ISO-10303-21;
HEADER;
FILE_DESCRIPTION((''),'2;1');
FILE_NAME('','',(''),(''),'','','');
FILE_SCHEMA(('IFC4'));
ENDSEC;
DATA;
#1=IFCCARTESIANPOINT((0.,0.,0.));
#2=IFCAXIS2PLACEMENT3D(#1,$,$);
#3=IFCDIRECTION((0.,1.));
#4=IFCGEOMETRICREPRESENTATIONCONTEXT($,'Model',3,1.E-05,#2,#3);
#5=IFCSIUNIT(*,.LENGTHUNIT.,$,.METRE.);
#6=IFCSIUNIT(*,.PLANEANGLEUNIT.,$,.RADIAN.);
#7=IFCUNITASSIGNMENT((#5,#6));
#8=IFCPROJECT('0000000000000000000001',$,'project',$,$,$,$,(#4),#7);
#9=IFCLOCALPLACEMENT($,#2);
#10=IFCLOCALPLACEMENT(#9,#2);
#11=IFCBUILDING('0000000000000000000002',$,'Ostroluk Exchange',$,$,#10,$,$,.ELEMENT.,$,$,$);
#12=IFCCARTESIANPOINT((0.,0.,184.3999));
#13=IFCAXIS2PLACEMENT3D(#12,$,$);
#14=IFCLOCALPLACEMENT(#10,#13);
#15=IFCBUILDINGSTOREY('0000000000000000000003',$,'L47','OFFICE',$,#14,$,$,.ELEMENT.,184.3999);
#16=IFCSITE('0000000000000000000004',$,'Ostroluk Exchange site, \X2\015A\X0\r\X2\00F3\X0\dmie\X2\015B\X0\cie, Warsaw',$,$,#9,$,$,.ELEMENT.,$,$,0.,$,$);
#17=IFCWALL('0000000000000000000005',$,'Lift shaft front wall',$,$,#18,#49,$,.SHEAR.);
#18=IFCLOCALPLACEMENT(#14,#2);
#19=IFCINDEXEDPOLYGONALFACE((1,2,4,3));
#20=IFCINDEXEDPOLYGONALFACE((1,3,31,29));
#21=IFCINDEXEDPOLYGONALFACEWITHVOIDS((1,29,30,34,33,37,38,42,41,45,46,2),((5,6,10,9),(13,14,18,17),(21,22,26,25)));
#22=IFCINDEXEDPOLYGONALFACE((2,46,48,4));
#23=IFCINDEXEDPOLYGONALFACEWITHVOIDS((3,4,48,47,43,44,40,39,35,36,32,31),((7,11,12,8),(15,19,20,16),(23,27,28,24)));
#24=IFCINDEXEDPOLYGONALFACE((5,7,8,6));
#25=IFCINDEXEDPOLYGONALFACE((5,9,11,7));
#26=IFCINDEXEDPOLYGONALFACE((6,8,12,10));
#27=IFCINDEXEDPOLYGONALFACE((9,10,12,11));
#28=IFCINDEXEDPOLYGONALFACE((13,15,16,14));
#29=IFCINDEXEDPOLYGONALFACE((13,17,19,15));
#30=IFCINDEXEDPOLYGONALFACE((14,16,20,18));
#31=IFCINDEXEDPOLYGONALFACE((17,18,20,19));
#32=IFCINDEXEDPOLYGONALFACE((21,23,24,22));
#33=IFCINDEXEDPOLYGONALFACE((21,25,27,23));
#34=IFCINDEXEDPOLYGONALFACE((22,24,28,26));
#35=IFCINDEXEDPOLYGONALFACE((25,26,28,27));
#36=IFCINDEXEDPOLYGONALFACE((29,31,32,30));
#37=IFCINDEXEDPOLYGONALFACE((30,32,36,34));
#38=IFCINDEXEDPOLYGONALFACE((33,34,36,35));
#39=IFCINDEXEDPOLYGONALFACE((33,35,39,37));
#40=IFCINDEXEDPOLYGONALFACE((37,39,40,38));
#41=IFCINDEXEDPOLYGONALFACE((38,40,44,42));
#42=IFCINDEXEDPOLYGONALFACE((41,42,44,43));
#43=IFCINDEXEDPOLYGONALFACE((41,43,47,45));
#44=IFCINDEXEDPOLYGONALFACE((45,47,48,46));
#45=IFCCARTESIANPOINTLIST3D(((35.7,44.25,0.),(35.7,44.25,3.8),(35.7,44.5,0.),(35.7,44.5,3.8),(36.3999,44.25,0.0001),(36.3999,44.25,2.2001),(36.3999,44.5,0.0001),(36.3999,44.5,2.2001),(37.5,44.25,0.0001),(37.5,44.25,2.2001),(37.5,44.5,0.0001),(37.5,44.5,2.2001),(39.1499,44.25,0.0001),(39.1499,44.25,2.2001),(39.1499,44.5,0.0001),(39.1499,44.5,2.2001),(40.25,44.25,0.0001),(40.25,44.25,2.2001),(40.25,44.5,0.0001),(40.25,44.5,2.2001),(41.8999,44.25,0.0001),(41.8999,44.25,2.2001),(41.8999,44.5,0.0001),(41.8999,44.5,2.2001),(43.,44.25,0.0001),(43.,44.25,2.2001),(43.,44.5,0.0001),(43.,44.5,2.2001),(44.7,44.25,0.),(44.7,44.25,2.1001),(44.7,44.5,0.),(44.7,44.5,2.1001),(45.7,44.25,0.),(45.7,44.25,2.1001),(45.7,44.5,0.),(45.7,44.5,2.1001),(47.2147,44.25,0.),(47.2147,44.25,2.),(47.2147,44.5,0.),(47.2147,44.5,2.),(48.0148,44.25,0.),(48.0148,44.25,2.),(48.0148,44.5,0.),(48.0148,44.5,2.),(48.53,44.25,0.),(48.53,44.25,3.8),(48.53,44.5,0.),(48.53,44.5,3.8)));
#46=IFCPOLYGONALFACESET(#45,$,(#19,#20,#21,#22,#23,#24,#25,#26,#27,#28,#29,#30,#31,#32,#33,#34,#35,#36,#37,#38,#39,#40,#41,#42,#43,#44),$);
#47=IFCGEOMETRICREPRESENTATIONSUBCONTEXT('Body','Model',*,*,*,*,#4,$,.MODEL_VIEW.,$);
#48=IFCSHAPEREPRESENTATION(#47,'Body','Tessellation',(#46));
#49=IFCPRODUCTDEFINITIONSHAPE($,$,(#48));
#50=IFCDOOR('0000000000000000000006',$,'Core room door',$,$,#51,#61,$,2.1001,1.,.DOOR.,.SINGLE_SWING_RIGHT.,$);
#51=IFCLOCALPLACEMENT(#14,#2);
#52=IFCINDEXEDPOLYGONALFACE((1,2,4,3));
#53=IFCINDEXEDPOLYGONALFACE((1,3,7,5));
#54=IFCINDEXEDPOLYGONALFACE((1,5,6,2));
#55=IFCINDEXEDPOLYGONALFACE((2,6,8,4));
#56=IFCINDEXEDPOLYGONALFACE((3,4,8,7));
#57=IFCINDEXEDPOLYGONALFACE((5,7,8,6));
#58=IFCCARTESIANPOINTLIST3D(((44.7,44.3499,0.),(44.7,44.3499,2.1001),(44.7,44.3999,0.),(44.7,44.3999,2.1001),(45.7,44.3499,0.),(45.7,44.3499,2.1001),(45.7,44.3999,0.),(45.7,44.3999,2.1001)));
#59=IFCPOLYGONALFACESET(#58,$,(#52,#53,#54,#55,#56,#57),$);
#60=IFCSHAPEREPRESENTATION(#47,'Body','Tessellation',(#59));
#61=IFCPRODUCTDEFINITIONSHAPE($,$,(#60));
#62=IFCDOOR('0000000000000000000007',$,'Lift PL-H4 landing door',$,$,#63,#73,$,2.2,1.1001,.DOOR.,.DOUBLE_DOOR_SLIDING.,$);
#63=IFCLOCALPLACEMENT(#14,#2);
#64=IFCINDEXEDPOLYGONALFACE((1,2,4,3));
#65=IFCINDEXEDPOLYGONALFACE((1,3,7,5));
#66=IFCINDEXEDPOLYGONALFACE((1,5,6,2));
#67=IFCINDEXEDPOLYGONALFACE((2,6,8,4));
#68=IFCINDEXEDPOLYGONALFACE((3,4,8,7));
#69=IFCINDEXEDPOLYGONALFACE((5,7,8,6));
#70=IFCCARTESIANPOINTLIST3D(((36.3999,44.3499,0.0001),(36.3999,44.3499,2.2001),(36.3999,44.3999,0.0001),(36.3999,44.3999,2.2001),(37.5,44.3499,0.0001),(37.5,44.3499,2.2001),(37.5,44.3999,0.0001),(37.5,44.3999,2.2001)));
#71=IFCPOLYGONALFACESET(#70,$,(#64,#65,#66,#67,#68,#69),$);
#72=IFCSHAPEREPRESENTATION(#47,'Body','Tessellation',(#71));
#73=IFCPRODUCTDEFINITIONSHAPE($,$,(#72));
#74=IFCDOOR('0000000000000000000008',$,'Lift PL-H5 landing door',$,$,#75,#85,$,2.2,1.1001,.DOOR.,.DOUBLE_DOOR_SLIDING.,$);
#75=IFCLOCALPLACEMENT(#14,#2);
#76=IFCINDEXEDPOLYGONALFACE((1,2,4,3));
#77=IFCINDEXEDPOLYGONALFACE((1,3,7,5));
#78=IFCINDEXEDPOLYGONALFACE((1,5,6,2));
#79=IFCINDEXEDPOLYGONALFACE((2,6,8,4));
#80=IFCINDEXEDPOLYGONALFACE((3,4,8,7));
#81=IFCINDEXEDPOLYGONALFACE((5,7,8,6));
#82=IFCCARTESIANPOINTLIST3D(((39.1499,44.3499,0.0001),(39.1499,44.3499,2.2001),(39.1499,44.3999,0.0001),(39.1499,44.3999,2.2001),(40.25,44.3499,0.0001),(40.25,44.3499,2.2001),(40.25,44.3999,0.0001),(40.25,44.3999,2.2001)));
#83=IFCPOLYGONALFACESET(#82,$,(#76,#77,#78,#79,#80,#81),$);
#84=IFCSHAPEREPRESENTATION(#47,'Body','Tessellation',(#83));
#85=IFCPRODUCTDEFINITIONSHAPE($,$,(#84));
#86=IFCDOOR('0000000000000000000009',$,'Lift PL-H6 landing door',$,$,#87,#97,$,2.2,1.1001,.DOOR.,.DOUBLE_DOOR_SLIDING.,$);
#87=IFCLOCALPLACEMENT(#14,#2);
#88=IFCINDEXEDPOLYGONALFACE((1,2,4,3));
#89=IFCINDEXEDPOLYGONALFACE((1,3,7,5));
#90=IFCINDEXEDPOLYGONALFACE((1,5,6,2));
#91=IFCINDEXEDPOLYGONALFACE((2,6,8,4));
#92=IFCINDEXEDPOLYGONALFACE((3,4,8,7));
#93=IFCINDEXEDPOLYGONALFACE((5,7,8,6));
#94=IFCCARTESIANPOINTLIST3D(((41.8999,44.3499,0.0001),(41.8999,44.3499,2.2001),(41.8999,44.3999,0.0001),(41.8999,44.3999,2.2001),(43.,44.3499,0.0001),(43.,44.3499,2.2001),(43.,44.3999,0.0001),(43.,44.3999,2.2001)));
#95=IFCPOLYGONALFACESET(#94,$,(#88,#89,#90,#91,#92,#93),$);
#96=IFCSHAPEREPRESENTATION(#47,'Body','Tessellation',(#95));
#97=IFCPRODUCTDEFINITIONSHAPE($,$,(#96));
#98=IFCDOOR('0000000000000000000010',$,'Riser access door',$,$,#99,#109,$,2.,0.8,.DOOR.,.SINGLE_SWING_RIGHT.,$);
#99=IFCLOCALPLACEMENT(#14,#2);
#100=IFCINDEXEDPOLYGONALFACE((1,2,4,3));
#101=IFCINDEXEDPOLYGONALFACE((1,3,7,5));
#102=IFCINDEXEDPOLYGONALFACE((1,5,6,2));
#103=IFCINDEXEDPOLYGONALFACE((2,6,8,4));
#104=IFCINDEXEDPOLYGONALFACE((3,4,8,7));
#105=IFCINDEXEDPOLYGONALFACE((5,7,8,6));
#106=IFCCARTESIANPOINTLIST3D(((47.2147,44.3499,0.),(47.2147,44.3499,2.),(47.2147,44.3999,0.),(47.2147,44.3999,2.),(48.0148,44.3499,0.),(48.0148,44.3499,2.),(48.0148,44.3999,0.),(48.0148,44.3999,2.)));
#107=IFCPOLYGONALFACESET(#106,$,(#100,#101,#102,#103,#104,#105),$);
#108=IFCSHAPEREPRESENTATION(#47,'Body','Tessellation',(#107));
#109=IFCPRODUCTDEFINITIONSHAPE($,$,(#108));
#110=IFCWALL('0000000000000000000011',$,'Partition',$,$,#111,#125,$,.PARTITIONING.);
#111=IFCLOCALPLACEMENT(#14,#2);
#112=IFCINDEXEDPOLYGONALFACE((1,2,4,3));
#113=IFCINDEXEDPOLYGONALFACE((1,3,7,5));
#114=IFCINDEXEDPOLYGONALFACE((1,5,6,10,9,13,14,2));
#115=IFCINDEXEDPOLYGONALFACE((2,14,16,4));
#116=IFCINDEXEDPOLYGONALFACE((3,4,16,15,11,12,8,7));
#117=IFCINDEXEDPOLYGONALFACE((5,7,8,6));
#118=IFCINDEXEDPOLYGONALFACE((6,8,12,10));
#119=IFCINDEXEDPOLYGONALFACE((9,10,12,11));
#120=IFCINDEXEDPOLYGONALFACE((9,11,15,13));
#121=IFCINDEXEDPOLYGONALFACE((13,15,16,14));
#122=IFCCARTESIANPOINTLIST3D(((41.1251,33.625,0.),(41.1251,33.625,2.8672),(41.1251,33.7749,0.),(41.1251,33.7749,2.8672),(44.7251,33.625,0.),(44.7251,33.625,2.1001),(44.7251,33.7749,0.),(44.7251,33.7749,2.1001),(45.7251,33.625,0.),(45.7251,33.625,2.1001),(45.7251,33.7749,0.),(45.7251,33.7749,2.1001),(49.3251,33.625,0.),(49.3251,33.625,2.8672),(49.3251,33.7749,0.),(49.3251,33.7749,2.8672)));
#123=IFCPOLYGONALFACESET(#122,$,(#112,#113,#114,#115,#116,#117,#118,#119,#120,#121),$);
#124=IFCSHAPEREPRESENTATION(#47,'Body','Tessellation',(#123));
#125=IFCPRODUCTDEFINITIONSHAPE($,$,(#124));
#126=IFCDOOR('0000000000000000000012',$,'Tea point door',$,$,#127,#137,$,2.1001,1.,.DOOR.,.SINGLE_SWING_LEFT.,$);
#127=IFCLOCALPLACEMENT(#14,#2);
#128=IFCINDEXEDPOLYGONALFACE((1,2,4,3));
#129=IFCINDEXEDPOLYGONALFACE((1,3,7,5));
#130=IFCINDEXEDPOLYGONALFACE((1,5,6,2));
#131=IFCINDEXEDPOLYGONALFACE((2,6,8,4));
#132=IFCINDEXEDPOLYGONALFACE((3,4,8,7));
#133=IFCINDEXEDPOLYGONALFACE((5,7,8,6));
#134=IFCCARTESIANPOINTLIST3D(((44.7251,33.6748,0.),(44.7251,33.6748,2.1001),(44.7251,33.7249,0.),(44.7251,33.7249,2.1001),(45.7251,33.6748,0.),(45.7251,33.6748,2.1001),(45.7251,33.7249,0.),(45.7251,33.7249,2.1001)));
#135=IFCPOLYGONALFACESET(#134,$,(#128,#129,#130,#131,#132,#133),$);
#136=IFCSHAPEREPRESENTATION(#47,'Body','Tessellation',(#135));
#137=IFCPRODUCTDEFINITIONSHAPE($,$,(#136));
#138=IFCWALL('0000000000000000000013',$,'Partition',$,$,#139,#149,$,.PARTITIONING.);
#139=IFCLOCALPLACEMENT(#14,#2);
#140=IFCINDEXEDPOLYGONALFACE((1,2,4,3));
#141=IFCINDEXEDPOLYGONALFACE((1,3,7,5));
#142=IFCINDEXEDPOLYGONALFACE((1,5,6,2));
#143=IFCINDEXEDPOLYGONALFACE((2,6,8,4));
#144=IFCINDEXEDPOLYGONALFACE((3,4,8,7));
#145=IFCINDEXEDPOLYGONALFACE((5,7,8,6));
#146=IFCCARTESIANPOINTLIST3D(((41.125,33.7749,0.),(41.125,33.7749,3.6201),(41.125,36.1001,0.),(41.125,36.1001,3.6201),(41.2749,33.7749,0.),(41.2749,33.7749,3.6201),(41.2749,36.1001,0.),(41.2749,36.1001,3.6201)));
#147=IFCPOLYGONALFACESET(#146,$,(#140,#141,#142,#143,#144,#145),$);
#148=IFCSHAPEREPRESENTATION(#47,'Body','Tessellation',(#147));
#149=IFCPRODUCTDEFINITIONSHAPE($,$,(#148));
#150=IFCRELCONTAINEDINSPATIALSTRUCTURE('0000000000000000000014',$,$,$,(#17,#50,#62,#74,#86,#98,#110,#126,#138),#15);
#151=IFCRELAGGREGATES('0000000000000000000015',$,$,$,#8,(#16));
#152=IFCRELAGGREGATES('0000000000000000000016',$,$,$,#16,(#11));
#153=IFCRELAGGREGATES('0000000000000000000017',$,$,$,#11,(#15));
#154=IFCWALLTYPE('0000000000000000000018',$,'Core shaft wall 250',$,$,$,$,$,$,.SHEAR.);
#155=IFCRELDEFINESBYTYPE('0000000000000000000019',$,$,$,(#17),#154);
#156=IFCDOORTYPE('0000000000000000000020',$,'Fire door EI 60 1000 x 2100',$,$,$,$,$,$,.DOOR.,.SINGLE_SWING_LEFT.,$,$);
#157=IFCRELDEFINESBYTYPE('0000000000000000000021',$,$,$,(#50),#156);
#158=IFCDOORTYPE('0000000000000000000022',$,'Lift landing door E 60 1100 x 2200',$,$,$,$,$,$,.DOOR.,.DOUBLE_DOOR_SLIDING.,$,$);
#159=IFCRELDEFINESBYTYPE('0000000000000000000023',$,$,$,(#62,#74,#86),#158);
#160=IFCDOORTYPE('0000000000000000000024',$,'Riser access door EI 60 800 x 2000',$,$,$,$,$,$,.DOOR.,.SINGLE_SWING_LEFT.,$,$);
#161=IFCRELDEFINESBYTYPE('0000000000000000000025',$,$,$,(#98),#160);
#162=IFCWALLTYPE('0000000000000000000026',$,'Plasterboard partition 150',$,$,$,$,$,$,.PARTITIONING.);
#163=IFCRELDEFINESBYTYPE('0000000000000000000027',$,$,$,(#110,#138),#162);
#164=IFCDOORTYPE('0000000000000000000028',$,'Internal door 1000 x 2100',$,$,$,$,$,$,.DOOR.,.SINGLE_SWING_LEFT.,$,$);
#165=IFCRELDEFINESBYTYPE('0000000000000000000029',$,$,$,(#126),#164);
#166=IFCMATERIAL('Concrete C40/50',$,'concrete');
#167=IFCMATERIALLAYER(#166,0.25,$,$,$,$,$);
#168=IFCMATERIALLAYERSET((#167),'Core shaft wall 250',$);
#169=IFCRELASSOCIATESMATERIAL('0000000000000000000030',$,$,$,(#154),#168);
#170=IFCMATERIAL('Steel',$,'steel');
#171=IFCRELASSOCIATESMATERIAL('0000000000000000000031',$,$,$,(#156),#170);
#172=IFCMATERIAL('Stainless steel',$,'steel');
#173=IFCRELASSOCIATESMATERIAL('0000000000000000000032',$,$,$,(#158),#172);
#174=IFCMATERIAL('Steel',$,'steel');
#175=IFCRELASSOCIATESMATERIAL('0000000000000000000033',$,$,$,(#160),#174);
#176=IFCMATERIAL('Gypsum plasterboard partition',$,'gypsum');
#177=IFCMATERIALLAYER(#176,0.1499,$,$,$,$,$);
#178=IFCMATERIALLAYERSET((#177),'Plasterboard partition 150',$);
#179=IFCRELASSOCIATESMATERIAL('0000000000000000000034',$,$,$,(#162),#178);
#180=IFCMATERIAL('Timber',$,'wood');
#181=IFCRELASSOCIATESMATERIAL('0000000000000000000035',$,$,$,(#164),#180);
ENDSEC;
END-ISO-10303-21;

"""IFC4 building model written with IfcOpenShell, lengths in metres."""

from ifc_helpers import new_model, si_unit, direction, frame, frame_2d, origin, place, context, subcontext, project, spatial, rectangle, extrude, material, layer, layer_set, type_object, element, fill, save


model = new_model("IFC4")

# Units and contexts
model_context = context("Model", 3, precision=1e-05, world=origin(), true_north=direction((0.0, 1.0)))
body_context = subcontext(model_context, "Body", "Model", "MODEL_VIEW")
ifc_project = project(units=[si_unit("LENGTHUNIT", "METRE"), si_unit("PLANEANGLEUNIT", "RADIAN")], contexts=[model_context])

# Site, building, storey
site_placement = place(None, origin())
site = spatial("IfcSite", under=ifc_project, at=site_placement, Name="Ostroluk Exchange site, Śródmieście, Warsaw", CompositionType="ELEMENT", RefElevation=0.0)
building_placement = place(site_placement, origin())
building = spatial("IfcBuilding", under=site, at=building_placement, Name="Ostroluk Exchange", CompositionType="ELEMENT")
storey_placement = place(building_placement, frame((0.0, 0.0, 184.3999)))
storey = spatial("IfcBuildingStorey", under=building, at=storey_placement, Name="L47", Description="OFFICE", CompositionType="ELEMENT", Elevation=184.3999)

# Shared definitions
ifc_material_1 = material(Name="Concrete C40/50", Category="concrete")
ifc_layer_1 = layer(ifc_material_1, 0.25)
ifc_layer_set_1 = layer_set([ifc_layer_1], Name="Core shaft wall 250")
wall_type_1 = type_object("IfcWallType", Name="Core shaft wall 250", PredefinedType="SHEAR", material=ifc_layer_set_1)

# Wall, openings, doors
wall_1_placement = place(storey_placement, frame((35.7, 44.375, 0.0), z_axis=(0.0, 0.0, 1.0), x_axis=(1.0, 0.0, 0.0)))
wall_1 = element("IfcWall", 1, at=wall_1_placement, inside=storey, type_object=wall_type_1, Name="Lift shaft front wall", PredefinedType="SHEAR", context=body_context, shape_type="SweptSolid", body=[
    extrude(rectangle(XDim=12.8301, YDim=0.25, at=frame_2d((6.415, 0.0))), origin(), (0.0, 0.0, 1.0), 3.8),
])
opening_1_placement = place(wall_1_placement, frame((0.7, 0.0, 0.0)))
opening_1 = element("IfcOpeningElement", 2, at=opening_1_placement, cuts=wall_1, PredefinedType="OPENING", context=body_context, shape_type="SweptSolid", body=[
    extrude(rectangle(XDim=1.1001, YDim=2.2, at=frame_2d((0.55, 1.1001))), frame((0.0, 0.135, 0.0), z_axis=(0.0, -1.0, 0.0), x_axis=(1.0, 0.0, 0.0)), (0.0, 0.0, 1.0), 0.27),
])
opening_2_placement = place(wall_1_placement, frame((3.45, 0.0, 0.0)))
opening_2 = element("IfcOpeningElement", 3, at=opening_2_placement, cuts=wall_1, PredefinedType="OPENING", context=body_context, shape_type="SweptSolid", body=[
    extrude(rectangle(XDim=1.1001, YDim=2.2, at=frame_2d((0.55, 1.1001))), frame((0.0, 0.135, 0.0), z_axis=(0.0, -1.0, 0.0), x_axis=(1.0, 0.0, 0.0)), (0.0, 0.0, 1.0), 0.27),
])
opening_3_placement = place(wall_1_placement, frame((6.2, 0.0, 0.0)))
opening_3 = element("IfcOpeningElement", 4, at=opening_3_placement, cuts=wall_1, PredefinedType="OPENING", context=body_context, shape_type="SweptSolid", body=[
    extrude(rectangle(XDim=1.1001, YDim=2.2, at=frame_2d((0.55, 1.1001))), frame((0.0, 0.135, 0.0), z_axis=(0.0, -1.0, 0.0), x_axis=(1.0, 0.0, 0.0)), (0.0, 0.0, 1.0), 0.27),
])
opening_4_placement = place(wall_1_placement, frame((9.0, 0.0, 0.0)))
opening_4 = element("IfcOpeningElement", 5, at=opening_4_placement, cuts=wall_1, PredefinedType="OPENING", context=body_context, shape_type="SweptSolid", body=[
    extrude(rectangle(XDim=1.0, YDim=2.1001, at=frame_2d((0.5, 1.05))), frame((0.0, 0.135, 0.0), z_axis=(0.0, -1.0, 0.0), x_axis=(1.0, 0.0, 0.0)), (0.0, 0.0, 1.0), 0.27),
])
opening_5_placement = place(wall_1_placement, frame((11.5149, 0.0, 0.0)))
opening_5 = element("IfcOpeningElement", 6, at=opening_5_placement, cuts=wall_1, PredefinedType="OPENING", context=body_context, shape_type="SweptSolid", body=[
    extrude(rectangle(XDim=0.8, YDim=2.0, at=frame_2d((0.3999, 1.0))), frame((0.0, 0.135, 0.0), z_axis=(0.0, -1.0, 0.0), x_axis=(1.0, 0.0, 0.0)), (0.0, 0.0, 1.0), 0.27),
])
ifc_material_2 = material(Name="Steel", Category="steel")
door_type_1 = type_object("IfcDoorType", Name="Fire door EI 60 1000 x 2100", OperationType="SINGLE_SWING_LEFT", PredefinedType="DOOR", material=ifc_material_2)
door_1_placement = place(opening_4_placement, origin())
door_1 = element("IfcDoor", 7, at=door_1_placement, inside=storey, type_object=door_type_1, Name="Core room door", OperationType="SINGLE_SWING_RIGHT", OverallHeight=2.1001, OverallWidth=1.0, PredefinedType="DOOR", context=body_context, shape_type="SweptSolid", body=[
    extrude(rectangle(XDim=1.0, YDim=2.1001, at=frame_2d((0.5, 1.05))), frame((0.0, 0.0249, 0.0), z_axis=(0.0, -1.0, 0.0), x_axis=(1.0, 0.0, 0.0)), (0.0, 0.0, 1.0), 0.05),
])
fill(opening_4, door_1)
ifc_material_3 = material(Name="Stainless steel", Category="steel")
door_type_2 = type_object("IfcDoorType", Name="Lift landing door E 60 1100 x 2200", OperationType="DOUBLE_DOOR_SLIDING", PredefinedType="DOOR", material=ifc_material_3)
door_2_placement = place(opening_1_placement, origin())
door_2 = element("IfcDoor", 8, at=door_2_placement, inside=storey, type_object=door_type_2, Name="Lift PL-H4 landing door", OperationType="DOUBLE_DOOR_SLIDING", OverallHeight=2.2, OverallWidth=1.1001, PredefinedType="DOOR", context=body_context, shape_type="SweptSolid", body=[
    extrude(rectangle(XDim=1.1001, YDim=2.2, at=frame_2d((0.55, 1.1001))), frame((0.0, 0.0249, 0.0), z_axis=(0.0, -1.0, 0.0), x_axis=(1.0, 0.0, 0.0)), (0.0, 0.0, 1.0), 0.05),
])
fill(opening_1, door_2)
door_3_placement = place(opening_2_placement, origin())
door_3 = element("IfcDoor", 9, at=door_3_placement, inside=storey, type_object=door_type_2, Name="Lift PL-H5 landing door", OperationType="DOUBLE_DOOR_SLIDING", OverallHeight=2.2, OverallWidth=1.1001, PredefinedType="DOOR", context=body_context, shape_type="SweptSolid", body=[
    extrude(rectangle(XDim=1.1001, YDim=2.2, at=frame_2d((0.55, 1.1001))), frame((0.0, 0.0249, 0.0), z_axis=(0.0, -1.0, 0.0), x_axis=(1.0, 0.0, 0.0)), (0.0, 0.0, 1.0), 0.05),
])
fill(opening_2, door_3)
door_4_placement = place(opening_3_placement, origin())
door_4 = element("IfcDoor", 10, at=door_4_placement, inside=storey, type_object=door_type_2, Name="Lift PL-H6 landing door", OperationType="DOUBLE_DOOR_SLIDING", OverallHeight=2.2, OverallWidth=1.1001, PredefinedType="DOOR", context=body_context, shape_type="SweptSolid", body=[
    extrude(rectangle(XDim=1.1001, YDim=2.2, at=frame_2d((0.55, 1.1001))), frame((0.0, 0.0249, 0.0), z_axis=(0.0, -1.0, 0.0), x_axis=(1.0, 0.0, 0.0)), (0.0, 0.0, 1.0), 0.05),
])
fill(opening_3, door_4)
ifc_material_4 = material(Name="Steel", Category="steel")
door_type_3 = type_object("IfcDoorType", Name="Riser access door EI 60 800 x 2000", OperationType="SINGLE_SWING_LEFT", PredefinedType="DOOR", material=ifc_material_4)
door_5_placement = place(opening_5_placement, origin())
door_5 = element("IfcDoor", 11, at=door_5_placement, inside=storey, type_object=door_type_3, Name="Riser access door", OperationType="SINGLE_SWING_RIGHT", OverallHeight=2.0, OverallWidth=0.8, PredefinedType="DOOR", context=body_context, shape_type="SweptSolid", body=[
    extrude(rectangle(XDim=0.8, YDim=2.0, at=frame_2d((0.3999, 1.0))), frame((0.0, 0.0249, 0.0), z_axis=(0.0, -1.0, 0.0), x_axis=(1.0, 0.0, 0.0)), (0.0, 0.0, 1.0), 0.05),
])
fill(opening_5, door_5)

# Wall, opening, door
ifc_material_5 = material(Name="Gypsum plasterboard partition", Category="gypsum")
ifc_layer_2 = layer(ifc_material_5, 0.1499)
ifc_layer_set_2 = layer_set([ifc_layer_2], Name="Plasterboard partition 150")
wall_type_2 = type_object("IfcWallType", Name="Plasterboard partition 150", PredefinedType="PARTITIONING", material=ifc_layer_set_2)
wall_2_placement = place(storey_placement, frame((41.125, 33.7, 0.0), z_axis=(0.0, 0.0, 1.0), x_axis=(1.0, 0.0, 0.0)))
wall_2 = element("IfcWall", 12, at=wall_2_placement, inside=storey, type_object=wall_type_2, Name="Partition", PredefinedType="PARTITIONING", context=body_context, shape_type="SweptSolid", body=[
    extrude(rectangle(XDim=8.2, YDim=0.1499, at=frame_2d((4.1001, 0.0))), origin(), (0.0, 0.0, 1.0), 2.8672),
])
opening_6_placement = place(wall_2_placement, frame((3.6001, 0.0, 0.0)))
opening_6 = element("IfcOpeningElement", 13, at=opening_6_placement, cuts=wall_2, PredefinedType="OPENING", context=body_context, shape_type="SweptSolid", body=[
    extrude(rectangle(XDim=1.0, YDim=2.1001, at=frame_2d((0.5, 1.05))), frame((0.0, 0.085, 0.0), z_axis=(0.0, -1.0, 0.0), x_axis=(1.0, 0.0, 0.0)), (0.0, 0.0, 1.0), 0.1699),
])
ifc_material_6 = material(Name="Timber", Category="wood")
door_type_4 = type_object("IfcDoorType", Name="Internal door 1000 x 2100", OperationType="SINGLE_SWING_LEFT", PredefinedType="DOOR", material=ifc_material_6)
door_6_placement = place(opening_6_placement, origin())
door_6 = element("IfcDoor", 14, at=door_6_placement, inside=storey, type_object=door_type_4, Name="Tea point door", OperationType="SINGLE_SWING_LEFT", OverallHeight=2.1001, OverallWidth=1.0, PredefinedType="DOOR", context=body_context, shape_type="SweptSolid", body=[
    extrude(rectangle(XDim=1.0, YDim=2.1001, at=frame_2d((0.5, 1.05))), frame((0.0, 0.0249, 0.0), z_axis=(0.0, -1.0, 0.0), x_axis=(1.0, 0.0, 0.0)), (0.0, 0.0, 1.0), 0.05),
])
fill(opening_6, door_6)

# Wall
wall_3_placement = place(storey_placement, frame((41.2, 36.1001, 0.0), z_axis=(0.0, 0.0, 1.0), x_axis=(0.0, -1.0, 0.0)))
element("IfcWall", 15, at=wall_3_placement, inside=storey, type_object=wall_type_2, Name="Partition", PredefinedType="PARTITIONING", context=body_context, shape_type="SweptSolid", body=[
    extrude(rectangle(XDim=2.3252, YDim=0.1499, at=frame_2d((1.1626, 0.0))), origin(), (0.0, 0.0, 1.0), 3.6201),
])

save(model, "model.ifc")
